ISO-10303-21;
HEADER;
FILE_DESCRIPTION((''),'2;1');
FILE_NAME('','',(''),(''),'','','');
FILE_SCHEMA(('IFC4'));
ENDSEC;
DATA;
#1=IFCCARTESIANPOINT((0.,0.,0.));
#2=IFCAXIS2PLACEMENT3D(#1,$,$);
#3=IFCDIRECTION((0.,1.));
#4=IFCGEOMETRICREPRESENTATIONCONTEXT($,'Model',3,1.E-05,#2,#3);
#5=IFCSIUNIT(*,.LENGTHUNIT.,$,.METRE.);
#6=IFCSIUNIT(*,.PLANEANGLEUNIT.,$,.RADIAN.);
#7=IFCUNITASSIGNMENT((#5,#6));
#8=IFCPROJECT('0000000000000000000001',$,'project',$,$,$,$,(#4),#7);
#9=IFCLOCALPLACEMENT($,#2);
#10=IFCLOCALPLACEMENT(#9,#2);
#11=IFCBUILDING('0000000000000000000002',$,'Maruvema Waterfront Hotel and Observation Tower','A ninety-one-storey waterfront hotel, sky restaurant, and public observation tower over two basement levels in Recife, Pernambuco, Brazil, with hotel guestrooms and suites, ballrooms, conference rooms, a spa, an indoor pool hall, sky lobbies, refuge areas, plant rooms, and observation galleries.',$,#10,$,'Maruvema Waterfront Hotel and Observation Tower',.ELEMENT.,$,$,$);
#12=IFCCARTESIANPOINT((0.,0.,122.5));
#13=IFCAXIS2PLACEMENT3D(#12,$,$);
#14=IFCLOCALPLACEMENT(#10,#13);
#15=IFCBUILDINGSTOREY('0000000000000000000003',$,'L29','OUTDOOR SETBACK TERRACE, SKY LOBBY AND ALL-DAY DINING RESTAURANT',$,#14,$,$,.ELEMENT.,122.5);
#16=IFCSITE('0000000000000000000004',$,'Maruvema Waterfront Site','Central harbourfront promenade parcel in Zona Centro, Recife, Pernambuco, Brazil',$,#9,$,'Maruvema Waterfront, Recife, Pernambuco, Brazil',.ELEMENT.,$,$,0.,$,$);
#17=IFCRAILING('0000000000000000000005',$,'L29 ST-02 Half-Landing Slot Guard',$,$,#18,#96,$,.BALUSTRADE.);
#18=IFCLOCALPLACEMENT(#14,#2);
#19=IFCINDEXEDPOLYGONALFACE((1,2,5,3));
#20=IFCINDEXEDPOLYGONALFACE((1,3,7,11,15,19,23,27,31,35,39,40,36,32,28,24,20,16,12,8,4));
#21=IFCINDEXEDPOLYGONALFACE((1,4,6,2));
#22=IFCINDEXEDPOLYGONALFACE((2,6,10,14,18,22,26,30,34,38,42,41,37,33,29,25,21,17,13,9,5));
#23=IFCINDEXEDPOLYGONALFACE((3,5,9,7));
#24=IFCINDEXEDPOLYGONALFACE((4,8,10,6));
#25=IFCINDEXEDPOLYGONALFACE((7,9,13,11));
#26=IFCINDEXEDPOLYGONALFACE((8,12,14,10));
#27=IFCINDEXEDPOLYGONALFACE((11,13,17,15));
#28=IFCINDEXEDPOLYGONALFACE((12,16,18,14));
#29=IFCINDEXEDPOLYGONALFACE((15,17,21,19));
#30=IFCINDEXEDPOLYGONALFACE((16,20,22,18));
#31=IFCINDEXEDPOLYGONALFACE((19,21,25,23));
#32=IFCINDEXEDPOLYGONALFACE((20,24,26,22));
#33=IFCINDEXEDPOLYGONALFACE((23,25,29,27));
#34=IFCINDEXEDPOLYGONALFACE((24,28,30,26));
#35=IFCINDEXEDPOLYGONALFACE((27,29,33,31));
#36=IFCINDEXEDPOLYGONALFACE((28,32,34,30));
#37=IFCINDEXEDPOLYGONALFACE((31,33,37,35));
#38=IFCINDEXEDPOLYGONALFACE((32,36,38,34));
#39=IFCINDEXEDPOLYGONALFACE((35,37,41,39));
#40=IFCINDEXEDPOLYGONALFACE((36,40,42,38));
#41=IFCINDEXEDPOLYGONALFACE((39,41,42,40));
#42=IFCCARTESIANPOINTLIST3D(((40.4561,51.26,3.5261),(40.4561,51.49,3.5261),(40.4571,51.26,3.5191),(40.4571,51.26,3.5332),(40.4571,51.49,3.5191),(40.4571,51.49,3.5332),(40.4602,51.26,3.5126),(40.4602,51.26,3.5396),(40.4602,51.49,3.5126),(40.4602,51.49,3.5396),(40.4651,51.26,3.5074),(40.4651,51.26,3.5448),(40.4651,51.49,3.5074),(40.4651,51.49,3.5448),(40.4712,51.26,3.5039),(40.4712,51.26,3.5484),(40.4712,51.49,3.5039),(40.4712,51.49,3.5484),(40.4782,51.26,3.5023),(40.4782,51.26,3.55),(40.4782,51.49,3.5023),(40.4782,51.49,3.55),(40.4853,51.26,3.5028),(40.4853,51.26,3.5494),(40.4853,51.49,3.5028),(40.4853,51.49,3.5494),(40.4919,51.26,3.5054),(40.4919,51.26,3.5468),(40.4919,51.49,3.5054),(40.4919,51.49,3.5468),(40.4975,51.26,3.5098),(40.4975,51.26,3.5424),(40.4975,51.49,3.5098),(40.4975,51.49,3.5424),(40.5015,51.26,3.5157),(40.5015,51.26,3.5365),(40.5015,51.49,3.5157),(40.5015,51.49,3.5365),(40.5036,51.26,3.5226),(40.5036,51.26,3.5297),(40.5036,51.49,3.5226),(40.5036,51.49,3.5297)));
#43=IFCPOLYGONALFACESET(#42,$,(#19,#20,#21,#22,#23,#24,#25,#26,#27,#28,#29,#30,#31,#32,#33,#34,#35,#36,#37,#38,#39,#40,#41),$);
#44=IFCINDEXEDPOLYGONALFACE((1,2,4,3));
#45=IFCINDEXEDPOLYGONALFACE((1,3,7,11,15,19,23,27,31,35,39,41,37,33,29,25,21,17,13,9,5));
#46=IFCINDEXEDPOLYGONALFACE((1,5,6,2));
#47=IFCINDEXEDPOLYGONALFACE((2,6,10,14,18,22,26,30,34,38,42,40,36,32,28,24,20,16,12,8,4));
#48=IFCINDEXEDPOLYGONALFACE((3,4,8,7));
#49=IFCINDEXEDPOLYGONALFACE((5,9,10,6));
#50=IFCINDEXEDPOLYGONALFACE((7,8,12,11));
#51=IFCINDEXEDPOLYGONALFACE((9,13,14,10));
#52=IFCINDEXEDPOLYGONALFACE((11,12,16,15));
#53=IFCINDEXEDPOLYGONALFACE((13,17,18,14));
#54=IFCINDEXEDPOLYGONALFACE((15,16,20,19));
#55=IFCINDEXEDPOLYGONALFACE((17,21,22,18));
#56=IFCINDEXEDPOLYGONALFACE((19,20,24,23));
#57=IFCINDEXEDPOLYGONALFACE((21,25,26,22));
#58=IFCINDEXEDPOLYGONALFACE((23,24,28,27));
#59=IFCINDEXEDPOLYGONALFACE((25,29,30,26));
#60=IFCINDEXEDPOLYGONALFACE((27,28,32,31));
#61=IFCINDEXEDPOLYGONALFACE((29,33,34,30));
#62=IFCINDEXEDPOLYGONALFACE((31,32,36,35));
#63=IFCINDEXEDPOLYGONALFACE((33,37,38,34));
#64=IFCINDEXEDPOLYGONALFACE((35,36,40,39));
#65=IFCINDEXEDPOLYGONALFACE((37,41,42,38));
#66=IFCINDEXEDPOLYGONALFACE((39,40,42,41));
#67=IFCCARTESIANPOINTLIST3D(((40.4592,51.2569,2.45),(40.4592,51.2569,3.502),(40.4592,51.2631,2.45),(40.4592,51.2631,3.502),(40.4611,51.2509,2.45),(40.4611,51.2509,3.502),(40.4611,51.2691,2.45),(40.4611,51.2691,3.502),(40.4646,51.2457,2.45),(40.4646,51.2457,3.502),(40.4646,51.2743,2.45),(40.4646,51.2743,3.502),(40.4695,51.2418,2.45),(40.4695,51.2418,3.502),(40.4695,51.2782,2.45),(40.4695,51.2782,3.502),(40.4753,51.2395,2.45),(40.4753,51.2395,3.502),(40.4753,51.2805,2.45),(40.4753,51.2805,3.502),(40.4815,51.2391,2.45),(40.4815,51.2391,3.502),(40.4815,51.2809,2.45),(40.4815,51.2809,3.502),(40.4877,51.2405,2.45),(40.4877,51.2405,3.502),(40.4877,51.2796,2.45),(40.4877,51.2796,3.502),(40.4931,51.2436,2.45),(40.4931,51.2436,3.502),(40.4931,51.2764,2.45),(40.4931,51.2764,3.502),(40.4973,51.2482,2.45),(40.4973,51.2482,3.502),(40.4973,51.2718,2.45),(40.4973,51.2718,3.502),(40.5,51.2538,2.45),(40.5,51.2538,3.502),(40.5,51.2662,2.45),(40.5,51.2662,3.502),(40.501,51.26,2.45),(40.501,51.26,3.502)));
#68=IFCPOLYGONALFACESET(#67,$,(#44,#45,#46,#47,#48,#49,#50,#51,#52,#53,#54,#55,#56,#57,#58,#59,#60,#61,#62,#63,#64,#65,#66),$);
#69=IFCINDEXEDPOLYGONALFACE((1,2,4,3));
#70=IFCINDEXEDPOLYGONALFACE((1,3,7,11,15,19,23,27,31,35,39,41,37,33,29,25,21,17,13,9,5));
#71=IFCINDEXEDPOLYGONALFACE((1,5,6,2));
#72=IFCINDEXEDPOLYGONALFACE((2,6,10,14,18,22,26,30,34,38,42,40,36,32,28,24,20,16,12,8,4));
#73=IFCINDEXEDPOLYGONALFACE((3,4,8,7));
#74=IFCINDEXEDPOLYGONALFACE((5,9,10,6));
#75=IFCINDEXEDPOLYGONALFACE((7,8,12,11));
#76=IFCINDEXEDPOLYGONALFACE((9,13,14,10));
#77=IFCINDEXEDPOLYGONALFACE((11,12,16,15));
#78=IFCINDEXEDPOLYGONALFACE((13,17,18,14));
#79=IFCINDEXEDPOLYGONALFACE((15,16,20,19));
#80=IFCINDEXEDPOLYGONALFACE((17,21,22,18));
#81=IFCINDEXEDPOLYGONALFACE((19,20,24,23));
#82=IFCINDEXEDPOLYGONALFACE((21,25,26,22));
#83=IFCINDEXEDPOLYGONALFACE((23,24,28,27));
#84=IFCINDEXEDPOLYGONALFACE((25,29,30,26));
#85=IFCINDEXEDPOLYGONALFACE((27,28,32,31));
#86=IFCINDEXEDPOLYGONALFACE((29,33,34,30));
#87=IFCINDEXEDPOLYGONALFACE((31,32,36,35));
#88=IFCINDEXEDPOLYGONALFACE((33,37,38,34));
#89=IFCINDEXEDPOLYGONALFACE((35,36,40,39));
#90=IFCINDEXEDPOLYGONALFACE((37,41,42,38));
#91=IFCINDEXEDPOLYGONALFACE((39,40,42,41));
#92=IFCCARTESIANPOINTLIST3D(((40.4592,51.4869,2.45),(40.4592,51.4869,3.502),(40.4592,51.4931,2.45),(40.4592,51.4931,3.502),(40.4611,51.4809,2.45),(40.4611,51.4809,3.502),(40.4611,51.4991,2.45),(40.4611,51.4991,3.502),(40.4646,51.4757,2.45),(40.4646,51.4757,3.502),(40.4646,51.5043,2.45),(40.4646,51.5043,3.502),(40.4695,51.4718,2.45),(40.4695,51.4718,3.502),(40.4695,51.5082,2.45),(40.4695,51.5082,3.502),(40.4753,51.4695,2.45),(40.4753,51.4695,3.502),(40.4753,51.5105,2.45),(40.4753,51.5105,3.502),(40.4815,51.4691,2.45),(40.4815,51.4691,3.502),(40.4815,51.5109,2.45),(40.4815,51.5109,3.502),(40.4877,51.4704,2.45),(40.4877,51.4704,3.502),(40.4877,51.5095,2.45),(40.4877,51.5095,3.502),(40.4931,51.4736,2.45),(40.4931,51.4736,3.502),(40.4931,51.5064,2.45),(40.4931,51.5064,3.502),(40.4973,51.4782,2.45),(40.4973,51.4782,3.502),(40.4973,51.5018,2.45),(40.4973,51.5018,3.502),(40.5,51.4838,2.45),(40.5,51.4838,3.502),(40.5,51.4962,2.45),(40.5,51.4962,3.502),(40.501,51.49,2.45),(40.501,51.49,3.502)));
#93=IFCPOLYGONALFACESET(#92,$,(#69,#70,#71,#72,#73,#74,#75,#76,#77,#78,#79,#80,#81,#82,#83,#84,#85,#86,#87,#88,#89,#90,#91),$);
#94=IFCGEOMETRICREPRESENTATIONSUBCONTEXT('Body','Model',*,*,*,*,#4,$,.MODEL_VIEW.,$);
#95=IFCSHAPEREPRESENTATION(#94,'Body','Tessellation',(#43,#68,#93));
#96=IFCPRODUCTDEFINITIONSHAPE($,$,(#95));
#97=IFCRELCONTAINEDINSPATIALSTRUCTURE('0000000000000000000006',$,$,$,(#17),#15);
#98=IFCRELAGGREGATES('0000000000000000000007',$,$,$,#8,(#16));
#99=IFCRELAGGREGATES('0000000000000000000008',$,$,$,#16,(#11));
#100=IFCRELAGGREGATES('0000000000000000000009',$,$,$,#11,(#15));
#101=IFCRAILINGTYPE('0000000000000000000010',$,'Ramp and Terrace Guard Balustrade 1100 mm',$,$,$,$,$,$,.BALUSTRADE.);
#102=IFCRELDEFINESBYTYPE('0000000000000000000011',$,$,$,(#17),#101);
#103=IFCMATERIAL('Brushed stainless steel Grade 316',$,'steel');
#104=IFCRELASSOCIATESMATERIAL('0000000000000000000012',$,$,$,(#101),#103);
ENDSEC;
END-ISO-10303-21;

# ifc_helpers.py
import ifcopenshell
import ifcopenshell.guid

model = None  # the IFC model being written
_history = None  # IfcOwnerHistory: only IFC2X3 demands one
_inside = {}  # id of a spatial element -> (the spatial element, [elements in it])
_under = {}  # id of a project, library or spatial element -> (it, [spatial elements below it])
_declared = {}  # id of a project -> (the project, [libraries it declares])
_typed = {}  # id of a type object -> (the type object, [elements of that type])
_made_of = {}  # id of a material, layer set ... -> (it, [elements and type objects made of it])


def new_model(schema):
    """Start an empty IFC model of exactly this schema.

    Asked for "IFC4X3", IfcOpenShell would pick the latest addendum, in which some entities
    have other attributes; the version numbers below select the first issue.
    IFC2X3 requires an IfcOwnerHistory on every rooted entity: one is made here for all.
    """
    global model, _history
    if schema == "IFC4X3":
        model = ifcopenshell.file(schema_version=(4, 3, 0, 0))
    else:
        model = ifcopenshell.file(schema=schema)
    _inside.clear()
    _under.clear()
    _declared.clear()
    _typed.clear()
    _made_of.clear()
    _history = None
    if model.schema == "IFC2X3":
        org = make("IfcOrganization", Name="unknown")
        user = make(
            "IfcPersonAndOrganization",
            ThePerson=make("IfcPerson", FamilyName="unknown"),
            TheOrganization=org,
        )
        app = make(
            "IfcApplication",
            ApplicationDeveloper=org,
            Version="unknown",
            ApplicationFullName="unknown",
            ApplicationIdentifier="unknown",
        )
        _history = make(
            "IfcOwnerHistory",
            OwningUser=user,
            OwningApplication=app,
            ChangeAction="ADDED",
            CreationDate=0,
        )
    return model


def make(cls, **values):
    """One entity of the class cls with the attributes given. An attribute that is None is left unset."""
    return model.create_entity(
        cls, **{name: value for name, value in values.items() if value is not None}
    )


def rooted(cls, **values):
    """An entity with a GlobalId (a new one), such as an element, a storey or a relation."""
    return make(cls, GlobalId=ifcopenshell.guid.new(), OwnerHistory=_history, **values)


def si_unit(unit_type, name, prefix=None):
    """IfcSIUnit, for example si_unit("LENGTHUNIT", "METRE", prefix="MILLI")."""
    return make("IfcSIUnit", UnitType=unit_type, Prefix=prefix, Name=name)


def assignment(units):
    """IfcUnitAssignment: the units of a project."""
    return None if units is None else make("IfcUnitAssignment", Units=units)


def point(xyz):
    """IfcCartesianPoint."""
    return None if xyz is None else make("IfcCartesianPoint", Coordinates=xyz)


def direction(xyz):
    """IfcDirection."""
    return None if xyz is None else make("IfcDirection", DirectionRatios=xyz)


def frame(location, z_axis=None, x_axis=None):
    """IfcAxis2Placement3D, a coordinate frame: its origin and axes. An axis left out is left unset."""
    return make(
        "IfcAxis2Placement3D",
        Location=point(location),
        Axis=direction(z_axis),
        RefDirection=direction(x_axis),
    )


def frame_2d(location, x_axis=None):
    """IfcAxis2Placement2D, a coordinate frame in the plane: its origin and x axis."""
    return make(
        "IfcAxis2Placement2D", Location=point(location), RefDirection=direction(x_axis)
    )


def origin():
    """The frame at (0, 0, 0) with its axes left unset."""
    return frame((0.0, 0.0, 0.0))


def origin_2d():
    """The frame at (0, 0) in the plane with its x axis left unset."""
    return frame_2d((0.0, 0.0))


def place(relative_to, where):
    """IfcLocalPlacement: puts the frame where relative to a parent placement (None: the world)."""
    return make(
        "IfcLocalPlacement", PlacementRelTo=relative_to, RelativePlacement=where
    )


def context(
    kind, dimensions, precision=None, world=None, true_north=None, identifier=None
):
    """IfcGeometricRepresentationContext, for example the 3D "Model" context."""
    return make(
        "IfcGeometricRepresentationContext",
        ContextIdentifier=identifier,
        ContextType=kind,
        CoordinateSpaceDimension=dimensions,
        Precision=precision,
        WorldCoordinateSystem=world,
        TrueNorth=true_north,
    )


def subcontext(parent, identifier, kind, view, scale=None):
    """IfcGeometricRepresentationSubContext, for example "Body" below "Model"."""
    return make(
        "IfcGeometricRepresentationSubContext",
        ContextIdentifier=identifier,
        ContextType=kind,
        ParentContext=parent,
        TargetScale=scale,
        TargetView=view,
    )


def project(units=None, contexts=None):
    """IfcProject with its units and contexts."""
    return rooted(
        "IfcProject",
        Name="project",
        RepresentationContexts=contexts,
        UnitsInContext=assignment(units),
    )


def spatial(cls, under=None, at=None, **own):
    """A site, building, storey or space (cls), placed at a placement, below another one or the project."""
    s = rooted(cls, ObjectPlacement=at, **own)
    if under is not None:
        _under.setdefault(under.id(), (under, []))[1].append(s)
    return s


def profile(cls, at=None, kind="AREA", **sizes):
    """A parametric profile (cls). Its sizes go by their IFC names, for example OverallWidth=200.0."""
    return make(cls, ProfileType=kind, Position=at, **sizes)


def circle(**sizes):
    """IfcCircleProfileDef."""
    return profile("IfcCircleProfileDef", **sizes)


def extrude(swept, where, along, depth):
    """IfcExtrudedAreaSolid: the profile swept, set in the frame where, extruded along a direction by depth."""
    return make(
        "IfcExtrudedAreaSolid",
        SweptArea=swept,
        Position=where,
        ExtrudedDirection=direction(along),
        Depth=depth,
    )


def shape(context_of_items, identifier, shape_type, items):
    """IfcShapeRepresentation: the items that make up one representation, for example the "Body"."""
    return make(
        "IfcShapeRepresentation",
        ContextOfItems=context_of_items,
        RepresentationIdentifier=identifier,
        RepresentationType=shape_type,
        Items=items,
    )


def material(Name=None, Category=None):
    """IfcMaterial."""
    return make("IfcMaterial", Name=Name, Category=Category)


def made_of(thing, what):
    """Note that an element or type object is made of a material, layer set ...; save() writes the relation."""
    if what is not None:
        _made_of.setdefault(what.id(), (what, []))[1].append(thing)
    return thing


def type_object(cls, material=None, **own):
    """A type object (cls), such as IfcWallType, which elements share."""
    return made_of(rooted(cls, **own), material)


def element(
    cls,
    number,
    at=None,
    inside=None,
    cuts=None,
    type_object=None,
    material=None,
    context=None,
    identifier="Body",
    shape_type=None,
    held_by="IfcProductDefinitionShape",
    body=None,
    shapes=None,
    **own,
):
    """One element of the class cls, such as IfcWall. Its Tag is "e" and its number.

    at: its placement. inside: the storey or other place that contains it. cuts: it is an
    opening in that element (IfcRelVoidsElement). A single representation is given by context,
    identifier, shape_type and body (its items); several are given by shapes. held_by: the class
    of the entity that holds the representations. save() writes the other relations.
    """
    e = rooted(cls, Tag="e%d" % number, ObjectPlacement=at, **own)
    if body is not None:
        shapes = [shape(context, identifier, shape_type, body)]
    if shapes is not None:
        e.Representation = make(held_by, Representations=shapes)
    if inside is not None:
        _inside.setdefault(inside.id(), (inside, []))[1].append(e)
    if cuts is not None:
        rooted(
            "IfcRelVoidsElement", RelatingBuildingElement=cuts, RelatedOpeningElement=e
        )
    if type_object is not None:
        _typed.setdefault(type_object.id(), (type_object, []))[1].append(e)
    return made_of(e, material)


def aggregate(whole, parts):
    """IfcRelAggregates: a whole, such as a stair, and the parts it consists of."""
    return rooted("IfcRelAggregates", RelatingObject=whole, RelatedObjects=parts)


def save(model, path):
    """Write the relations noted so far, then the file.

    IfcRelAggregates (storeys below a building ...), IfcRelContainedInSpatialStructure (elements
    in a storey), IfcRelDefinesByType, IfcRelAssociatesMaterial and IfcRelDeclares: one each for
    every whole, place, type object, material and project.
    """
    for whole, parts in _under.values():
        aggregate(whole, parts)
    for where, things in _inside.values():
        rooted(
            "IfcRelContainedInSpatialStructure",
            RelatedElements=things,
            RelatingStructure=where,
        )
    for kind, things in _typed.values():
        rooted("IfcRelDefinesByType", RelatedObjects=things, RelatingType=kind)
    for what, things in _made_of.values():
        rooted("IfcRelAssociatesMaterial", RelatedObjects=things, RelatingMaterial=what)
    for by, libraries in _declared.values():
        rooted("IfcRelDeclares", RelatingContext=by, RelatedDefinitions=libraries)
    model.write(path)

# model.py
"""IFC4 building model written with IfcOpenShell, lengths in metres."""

from ifc_helpers import new_model, si_unit, direction, frame, origin, origin_2d, place, context, subcontext, project, spatial, circle, extrude, material, type_object, element, save


model = new_model("IFC4")

# Units and contexts
model_context = context("Model", 3, precision=1e-05, world=origin(), true_north=direction((0.0, 1.0)))
body_context = subcontext(model_context, "Body", "Model", "MODEL_VIEW")
ifc_project = project(units=[si_unit("LENGTHUNIT", "METRE"), si_unit("PLANEANGLEUNIT", "RADIAN")], contexts=[model_context])

# Site, building, storey
site_placement = place(None, origin())
site = spatial("IfcSite", under=ifc_project, at=site_placement, Name="Maruvema Waterfront Site", Description="Central harbourfront promenade parcel in Zona Centro, Recife, Pernambuco, Brazil", LongName="Maruvema Waterfront, Recife, Pernambuco, Brazil", CompositionType="ELEMENT", RefElevation=0.0)
building_placement = place(site_placement, origin())
building = spatial("IfcBuilding", under=site, at=building_placement, Name="Maruvema Waterfront Hotel and Observation Tower", Description="A ninety-one-storey waterfront hotel, sky restaurant, and public observation tower over two basement levels in Recife, Pernambuco, Brazil, with hotel guestrooms and suites, ballrooms, conference rooms, a spa, an indoor pool hall, sky lobbies, refuge areas, plant rooms, and observation galleries.", LongName="Maruvema Waterfront Hotel and Observation Tower", CompositionType="ELEMENT")
storey_placement = place(building_placement, frame((0.0, 0.0, 122.5)))
storey = spatial("IfcBuildingStorey", under=building, at=storey_placement, Name="L29", Description="OUTDOOR SETBACK TERRACE, SKY LOBBY AND ALL-DAY DINING RESTAURANT", CompositionType="ELEMENT", Elevation=122.5)

# Railing
ifc_material_1 = material(Name="Brushed stainless steel Grade 316", Category="steel")
railing_type_1 = type_object("IfcRailingType", Name="Ramp and Terrace Guard Balustrade 1100 mm", PredefinedType="BALUSTRADE", material=ifc_material_1)
railing_1_placement = place(storey_placement, frame((40.48, 51.26, 2.45)))
element("IfcRailing", 1, at=railing_1_placement, inside=storey, type_object=railing_type_1, Name="L29 ST-02 Half-Landing Slot Guard", PredefinedType="BALUSTRADE", context=body_context, shape_type="SweptSolid", body=[
    extrude(circle(Radius=0.0239, at=origin_2d()), frame((0.0, 0.0, 1.0762), z_axis=(0.0, 1.0, 0.0), x_axis=(-1.0, 0.0, 0.0)), (0.0, 0.0, 1.0), 0.23),
    extrude(circle(Radius=0.021, at=origin_2d()), origin(), (0.0, 0.0, 1.0), 1.052),
    extrude(circle(Radius=0.021, at=origin_2d()), frame((0.0, 0.23, 0.0)), (0.0, 0.0, 1.0), 1.052),
])

save(model, "model.ifc")
